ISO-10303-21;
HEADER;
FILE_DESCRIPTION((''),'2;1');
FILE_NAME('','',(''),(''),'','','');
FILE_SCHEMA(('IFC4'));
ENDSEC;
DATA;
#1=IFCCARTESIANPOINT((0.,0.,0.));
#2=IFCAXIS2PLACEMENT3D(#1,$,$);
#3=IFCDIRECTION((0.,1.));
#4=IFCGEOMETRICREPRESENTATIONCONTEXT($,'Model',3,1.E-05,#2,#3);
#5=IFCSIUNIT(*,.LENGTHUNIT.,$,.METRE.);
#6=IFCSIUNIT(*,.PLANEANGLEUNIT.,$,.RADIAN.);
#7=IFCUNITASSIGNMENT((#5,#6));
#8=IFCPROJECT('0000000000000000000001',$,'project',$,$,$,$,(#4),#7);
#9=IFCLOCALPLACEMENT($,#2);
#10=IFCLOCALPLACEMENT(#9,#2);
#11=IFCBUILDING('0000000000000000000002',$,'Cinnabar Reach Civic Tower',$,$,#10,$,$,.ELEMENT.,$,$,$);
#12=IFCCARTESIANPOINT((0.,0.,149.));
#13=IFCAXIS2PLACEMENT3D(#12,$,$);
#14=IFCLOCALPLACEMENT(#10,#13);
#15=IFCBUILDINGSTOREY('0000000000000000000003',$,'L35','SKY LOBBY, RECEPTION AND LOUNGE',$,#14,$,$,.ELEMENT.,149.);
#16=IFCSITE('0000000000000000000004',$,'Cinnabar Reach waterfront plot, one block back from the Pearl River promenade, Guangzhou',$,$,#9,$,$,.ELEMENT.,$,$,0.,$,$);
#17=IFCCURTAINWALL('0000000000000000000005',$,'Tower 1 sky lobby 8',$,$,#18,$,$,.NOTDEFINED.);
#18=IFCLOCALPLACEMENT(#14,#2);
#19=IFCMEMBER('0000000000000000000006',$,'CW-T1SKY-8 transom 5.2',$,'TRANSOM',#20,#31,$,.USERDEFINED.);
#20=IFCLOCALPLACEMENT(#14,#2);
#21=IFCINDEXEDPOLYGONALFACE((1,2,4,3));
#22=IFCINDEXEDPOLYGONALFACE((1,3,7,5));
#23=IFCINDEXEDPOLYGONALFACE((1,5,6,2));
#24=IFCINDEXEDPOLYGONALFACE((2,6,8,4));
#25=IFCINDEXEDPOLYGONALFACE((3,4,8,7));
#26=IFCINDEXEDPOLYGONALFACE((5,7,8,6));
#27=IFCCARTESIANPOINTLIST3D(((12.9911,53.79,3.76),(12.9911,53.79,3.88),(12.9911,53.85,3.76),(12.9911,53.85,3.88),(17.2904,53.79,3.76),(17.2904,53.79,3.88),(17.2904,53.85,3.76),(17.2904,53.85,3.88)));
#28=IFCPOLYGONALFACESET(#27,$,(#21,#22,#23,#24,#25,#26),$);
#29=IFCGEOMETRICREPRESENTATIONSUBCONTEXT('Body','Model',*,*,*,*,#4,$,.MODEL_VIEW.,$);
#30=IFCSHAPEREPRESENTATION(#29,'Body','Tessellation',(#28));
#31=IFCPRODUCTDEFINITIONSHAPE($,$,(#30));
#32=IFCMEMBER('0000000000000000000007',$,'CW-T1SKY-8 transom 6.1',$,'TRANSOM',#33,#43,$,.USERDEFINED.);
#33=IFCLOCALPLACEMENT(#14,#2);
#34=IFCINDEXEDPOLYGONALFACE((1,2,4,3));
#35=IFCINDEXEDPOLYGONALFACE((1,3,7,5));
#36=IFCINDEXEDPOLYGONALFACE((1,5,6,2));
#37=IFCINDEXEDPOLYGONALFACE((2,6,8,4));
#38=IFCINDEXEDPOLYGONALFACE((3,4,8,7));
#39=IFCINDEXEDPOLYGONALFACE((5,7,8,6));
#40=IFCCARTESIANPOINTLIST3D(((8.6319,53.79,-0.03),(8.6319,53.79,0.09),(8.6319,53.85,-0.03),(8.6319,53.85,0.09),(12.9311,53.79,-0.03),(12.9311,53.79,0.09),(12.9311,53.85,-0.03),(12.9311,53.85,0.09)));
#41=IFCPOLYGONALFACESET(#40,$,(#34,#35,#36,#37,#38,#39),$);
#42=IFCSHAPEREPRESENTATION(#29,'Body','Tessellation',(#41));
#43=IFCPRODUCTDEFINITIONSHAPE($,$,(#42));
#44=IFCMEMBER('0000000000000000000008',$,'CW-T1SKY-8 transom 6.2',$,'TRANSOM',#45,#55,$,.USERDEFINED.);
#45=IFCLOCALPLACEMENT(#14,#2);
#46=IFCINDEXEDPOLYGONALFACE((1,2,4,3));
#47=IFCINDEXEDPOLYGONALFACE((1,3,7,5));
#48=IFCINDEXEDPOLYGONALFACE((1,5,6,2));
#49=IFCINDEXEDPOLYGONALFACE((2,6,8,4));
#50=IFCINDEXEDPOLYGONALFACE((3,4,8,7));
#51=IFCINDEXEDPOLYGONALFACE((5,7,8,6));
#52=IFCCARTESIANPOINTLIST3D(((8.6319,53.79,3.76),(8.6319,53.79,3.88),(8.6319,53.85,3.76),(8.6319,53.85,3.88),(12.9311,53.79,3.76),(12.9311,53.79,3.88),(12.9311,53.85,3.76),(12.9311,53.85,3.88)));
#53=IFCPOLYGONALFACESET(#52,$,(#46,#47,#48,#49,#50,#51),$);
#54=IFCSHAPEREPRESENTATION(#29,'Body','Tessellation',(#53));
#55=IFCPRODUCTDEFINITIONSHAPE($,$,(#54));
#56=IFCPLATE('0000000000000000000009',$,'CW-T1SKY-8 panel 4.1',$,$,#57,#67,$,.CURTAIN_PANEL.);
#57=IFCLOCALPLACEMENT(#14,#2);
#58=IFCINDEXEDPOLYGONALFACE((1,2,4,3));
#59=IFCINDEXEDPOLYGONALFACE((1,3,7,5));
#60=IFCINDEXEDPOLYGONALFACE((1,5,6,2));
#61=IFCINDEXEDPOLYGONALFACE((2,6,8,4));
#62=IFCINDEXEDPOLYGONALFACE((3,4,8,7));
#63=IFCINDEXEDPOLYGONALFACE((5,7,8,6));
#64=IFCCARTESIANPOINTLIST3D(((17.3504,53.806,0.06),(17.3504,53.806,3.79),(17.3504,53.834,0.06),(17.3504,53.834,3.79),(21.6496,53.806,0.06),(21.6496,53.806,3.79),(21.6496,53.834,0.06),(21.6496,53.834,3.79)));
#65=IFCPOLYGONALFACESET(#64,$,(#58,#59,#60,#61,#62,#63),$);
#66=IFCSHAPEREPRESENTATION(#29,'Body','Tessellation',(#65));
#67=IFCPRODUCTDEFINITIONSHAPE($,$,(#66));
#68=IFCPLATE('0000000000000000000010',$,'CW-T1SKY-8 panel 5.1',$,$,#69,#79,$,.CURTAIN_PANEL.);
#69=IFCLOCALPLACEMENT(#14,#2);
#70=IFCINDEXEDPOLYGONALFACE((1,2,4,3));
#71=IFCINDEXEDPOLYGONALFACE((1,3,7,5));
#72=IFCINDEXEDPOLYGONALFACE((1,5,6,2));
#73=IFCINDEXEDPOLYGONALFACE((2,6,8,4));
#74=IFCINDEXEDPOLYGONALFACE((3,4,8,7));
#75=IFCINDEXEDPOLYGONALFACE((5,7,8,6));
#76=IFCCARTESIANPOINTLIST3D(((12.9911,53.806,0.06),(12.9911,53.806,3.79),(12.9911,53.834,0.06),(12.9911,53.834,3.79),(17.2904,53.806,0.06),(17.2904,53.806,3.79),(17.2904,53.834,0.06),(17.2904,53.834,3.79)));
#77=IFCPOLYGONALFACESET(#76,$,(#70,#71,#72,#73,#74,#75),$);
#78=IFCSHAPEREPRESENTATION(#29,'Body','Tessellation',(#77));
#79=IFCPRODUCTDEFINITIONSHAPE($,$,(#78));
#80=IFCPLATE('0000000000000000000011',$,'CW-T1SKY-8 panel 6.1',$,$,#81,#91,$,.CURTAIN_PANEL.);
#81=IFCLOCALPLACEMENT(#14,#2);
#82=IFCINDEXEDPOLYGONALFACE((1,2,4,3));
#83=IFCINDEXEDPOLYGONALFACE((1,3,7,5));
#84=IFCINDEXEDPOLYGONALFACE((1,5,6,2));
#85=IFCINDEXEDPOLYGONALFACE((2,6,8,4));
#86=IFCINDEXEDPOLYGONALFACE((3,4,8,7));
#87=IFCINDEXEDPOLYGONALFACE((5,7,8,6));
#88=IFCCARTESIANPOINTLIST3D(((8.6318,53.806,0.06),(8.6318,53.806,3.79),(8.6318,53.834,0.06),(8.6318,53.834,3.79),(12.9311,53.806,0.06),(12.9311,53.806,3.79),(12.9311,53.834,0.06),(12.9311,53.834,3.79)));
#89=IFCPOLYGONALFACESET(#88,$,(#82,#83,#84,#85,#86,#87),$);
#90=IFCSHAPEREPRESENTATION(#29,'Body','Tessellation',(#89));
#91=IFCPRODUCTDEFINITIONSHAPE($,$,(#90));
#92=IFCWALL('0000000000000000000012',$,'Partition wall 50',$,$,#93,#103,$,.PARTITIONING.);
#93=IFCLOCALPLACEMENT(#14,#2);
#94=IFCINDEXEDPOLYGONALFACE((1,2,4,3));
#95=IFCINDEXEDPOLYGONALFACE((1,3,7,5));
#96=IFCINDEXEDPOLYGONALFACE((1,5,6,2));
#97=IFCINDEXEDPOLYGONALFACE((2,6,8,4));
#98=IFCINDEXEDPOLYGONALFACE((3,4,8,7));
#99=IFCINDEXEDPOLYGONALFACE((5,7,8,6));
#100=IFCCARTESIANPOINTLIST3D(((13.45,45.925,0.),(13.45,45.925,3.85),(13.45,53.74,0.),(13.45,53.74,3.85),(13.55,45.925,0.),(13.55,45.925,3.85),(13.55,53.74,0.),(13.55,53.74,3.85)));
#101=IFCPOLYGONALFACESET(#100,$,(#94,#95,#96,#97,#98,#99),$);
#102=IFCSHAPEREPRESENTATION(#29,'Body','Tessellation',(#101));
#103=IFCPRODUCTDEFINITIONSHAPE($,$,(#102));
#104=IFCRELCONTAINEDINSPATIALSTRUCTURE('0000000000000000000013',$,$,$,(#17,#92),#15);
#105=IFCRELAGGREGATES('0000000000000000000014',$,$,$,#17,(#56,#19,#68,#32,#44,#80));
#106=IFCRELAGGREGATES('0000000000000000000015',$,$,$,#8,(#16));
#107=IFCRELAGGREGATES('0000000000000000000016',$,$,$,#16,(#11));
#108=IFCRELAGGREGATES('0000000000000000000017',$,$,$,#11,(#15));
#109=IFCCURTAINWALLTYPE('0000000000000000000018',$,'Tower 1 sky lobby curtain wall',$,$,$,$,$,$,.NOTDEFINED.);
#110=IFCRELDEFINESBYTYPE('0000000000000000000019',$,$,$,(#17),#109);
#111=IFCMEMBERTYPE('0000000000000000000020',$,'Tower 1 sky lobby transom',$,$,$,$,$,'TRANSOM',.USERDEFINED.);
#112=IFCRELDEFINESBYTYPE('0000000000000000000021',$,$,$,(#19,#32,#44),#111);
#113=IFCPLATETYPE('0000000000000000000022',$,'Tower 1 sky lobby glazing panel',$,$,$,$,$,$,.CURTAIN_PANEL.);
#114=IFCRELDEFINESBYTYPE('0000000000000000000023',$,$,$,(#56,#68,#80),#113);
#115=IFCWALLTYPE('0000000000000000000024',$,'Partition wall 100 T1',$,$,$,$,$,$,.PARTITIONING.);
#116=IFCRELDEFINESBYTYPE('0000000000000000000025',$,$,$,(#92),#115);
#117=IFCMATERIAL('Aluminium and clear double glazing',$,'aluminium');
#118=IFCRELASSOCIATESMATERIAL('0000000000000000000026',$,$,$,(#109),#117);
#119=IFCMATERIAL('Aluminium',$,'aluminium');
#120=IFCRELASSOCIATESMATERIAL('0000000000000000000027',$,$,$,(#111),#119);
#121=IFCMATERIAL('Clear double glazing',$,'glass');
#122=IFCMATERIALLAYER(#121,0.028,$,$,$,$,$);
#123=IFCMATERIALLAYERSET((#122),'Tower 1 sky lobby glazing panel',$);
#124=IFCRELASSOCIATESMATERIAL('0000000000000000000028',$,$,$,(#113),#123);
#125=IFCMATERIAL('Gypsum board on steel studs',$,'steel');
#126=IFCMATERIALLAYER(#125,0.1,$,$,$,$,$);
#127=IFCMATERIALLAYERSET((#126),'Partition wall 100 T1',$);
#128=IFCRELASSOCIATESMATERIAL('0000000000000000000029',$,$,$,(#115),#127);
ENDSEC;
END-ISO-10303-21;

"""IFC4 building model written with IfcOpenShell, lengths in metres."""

from ifc_helpers import new_model, si_unit, direction, frame, frame_2d, origin, origin_2d, place, context, subcontext, project, spatial, rectangle, extrude, material, layer, layer_set, material_profile, profile_set, type_object, element, aggregate, save


model = new_model("IFC4")

# Units and contexts
model_context = context("Model", 3, precision=1e-05, world=origin(), true_north=direction((0.0, 1.0)))
body_context = subcontext(model_context, "Body", "Model", "MODEL_VIEW")
ifc_project = project(units=[si_unit("LENGTHUNIT", "METRE"), si_unit("PLANEANGLEUNIT", "RADIAN")], contexts=[model_context])

# Site, building, storey
site_placement = place(None, origin())
site = spatial("IfcSite", under=ifc_project, at=site_placement, Name="Cinnabar Reach waterfront plot, one block back from the Pearl River promenade, Guangzhou", CompositionType="ELEMENT", RefElevation=0.0)
building_placement = place(site_placement, origin())
building = spatial("IfcBuilding", under=site, at=building_placement, Name="Cinnabar Reach Civic Tower", CompositionType="ELEMENT")
storey_placement = place(building_placement, frame((0.0, 0.0, 149.0)))
storey = spatial("IfcBuildingStorey", under=building, at=storey_placement, Name="L35", Description="SKY LOBBY, RECEPTION AND LOUNGE", CompositionType="ELEMENT", Elevation=149.0)

# Curtain wall, members, plates
ifc_material_1 = material(Name="Aluminium and clear double glazing", Category="aluminium")
curtain_wall_type = type_object("IfcCurtainWallType", Name="Tower 1 sky lobby curtain wall", PredefinedType="NOTDEFINED", material=ifc_material_1)
curtain_wall_placement = place(storey_placement, origin())
curtain_wall = element("IfcCurtainWall", 1, at=curtain_wall_placement, inside=storey, type_object=curtain_wall_type, Name="Tower 1 sky lobby 8", PredefinedType="NOTDEFINED")
ifc_material_2 = material(Name="Aluminium", Category="aluminium")
ifc_material_profile_1 = material_profile(ifc_material_2, rectangle(XDim=0.06, YDim=0.12, at=origin_2d()), Name="Tower 1 sky lobby transom")
ifc_profile_set_1 = profile_set([ifc_material_profile_1], Name="Aluminium")
member_type_1 = type_object("IfcMemberType", Name="Tower 1 sky lobby transom", ElementType="TRANSOM", PredefinedType="USERDEFINED", material=ifc_profile_set_1)
member_1_placement = place(storey_placement, frame((17.2904, 53.82, 3.82), z_axis=(-1.0, 0.0, 0.0), x_axis=(0.0, -1.0, 0.0)))
member_1 = element("IfcMember", 2, at=member_1_placement, type_object=member_type_1, Name="CW-T1SKY-8 transom 5.2", ObjectType="TRANSOM", PredefinedType="USERDEFINED", context=body_context, shape_type="SweptSolid", body=[
    extrude(rectangle(XDim=0.06, YDim=0.12, at=origin_2d()), origin(), (0.0, 0.0, 1.0), 4.2993),
])
member_2_placement = place(storey_placement, frame((12.9311, 53.82, 0.03), z_axis=(-1.0, 0.0, 0.0), x_axis=(0.0, -1.0, 0.0)))
member_2 = element("IfcMember", 3, at=member_2_placement, type_object=member_type_1, Name="CW-T1SKY-8 transom 6.1", ObjectType="TRANSOM", PredefinedType="USERDEFINED", context=body_context, shape_type="SweptSolid", body=[
    extrude(rectangle(XDim=0.06, YDim=0.12, at=origin_2d()), origin(), (0.0, 0.0, 1.0), 4.2992),
])
member_3_placement = place(storey_placement, frame((12.9311, 53.82, 3.82), z_axis=(-1.0, 0.0, 0.0), x_axis=(0.0, -1.0, 0.0)))
member_3 = element("IfcMember", 4, at=member_3_placement, type_object=member_type_1, Name="CW-T1SKY-8 transom 6.2", ObjectType="TRANSOM", PredefinedType="USERDEFINED", context=body_context, shape_type="SweptSolid", body=[
    extrude(rectangle(XDim=0.06, YDim=0.12, at=origin_2d()), origin(), (0.0, 0.0, 1.0), 4.2992),
])
ifc_material_3 = material(Name="Clear double glazing", Category="glass")
ifc_layer_1 = layer(ifc_material_3, 0.028)
ifc_layer_set_1 = layer_set([ifc_layer_1], Name="Tower 1 sky lobby glazing panel")
plate_type = type_object("IfcPlateType", Name="Tower 1 sky lobby glazing panel", PredefinedType="CURTAIN_PANEL", material=ifc_layer_set_1)
plate_1_placement = place(storey_placement, frame((19.5, 53.82, 0.06), z_axis=(0.0, 0.0, 1.0), x_axis=(-1.0, 0.0, 0.0)))
plate_1 = element("IfcPlate", 5, at=plate_1_placement, type_object=plate_type, Name="CW-T1SKY-8 panel 4.1", PredefinedType="CURTAIN_PANEL", context=body_context, shape_type="SweptSolid", body=[
    extrude(rectangle(XDim=4.2993, YDim=0.028, at=origin_2d()), origin(), (0.0, 0.0, 1.0), 3.73),
])
plate_2_placement = place(storey_placement, frame((15.1407, 53.82, 0.06), z_axis=(0.0, 0.0, 1.0), x_axis=(-1.0, 0.0, 0.0)))
plate_2 = element("IfcPlate", 6, at=plate_2_placement, type_object=plate_type, Name="CW-T1SKY-8 panel 5.1", PredefinedType="CURTAIN_PANEL", context=body_context, shape_type="SweptSolid", body=[
    extrude(rectangle(XDim=4.2993, YDim=0.028, at=origin_2d()), origin(), (0.0, 0.0, 1.0), 3.73),
])
plate_3_placement = place(storey_placement, frame((10.7815, 53.82, 0.06), z_axis=(0.0, 0.0, 1.0), x_axis=(-1.0, 0.0, 0.0)))
plate_3 = element("IfcPlate", 7, at=plate_3_placement, type_object=plate_type, Name="CW-T1SKY-8 panel 6.1", PredefinedType="CURTAIN_PANEL", context=body_context, shape_type="SweptSolid", body=[
    extrude(rectangle(XDim=4.2993, YDim=0.028, at=origin_2d()), origin(), (0.0, 0.0, 1.0), 3.73),
])
aggregate(curtain_wall, [plate_1, member_1, plate_2, member_2, member_3, plate_3])

# Wall
ifc_material_4 = material(Name="Gypsum board on steel studs", Category="steel")
ifc_layer_2 = layer(ifc_material_4, 0.1)
ifc_layer_set_2 = layer_set([ifc_layer_2], Name="Partition wall 100 T1")
wall_type = type_object("IfcWallType", Name="Partition wall 100 T1", PredefinedType="PARTITIONING", material=ifc_layer_set_2)
wall_placement = place(storey_placement, frame((13.5, 45.925, 0.0), z_axis=(0.0, 0.0, 1.0), x_axis=(0.0, 1.0, 0.0)))
element("IfcWall", 8, at=wall_placement, inside=storey, type_object=wall_type, Name="Partition wall 50", PredefinedType="PARTITIONING", context=body_context, shape_type="SweptSolid", body=[
    extrude(rectangle(XDim=7.815, YDim=0.1, at=frame_2d((3.9075, 0.0))), origin(), (0.0, 0.0, 1.0), 3.85),
])

save(model, "model.ifc")
